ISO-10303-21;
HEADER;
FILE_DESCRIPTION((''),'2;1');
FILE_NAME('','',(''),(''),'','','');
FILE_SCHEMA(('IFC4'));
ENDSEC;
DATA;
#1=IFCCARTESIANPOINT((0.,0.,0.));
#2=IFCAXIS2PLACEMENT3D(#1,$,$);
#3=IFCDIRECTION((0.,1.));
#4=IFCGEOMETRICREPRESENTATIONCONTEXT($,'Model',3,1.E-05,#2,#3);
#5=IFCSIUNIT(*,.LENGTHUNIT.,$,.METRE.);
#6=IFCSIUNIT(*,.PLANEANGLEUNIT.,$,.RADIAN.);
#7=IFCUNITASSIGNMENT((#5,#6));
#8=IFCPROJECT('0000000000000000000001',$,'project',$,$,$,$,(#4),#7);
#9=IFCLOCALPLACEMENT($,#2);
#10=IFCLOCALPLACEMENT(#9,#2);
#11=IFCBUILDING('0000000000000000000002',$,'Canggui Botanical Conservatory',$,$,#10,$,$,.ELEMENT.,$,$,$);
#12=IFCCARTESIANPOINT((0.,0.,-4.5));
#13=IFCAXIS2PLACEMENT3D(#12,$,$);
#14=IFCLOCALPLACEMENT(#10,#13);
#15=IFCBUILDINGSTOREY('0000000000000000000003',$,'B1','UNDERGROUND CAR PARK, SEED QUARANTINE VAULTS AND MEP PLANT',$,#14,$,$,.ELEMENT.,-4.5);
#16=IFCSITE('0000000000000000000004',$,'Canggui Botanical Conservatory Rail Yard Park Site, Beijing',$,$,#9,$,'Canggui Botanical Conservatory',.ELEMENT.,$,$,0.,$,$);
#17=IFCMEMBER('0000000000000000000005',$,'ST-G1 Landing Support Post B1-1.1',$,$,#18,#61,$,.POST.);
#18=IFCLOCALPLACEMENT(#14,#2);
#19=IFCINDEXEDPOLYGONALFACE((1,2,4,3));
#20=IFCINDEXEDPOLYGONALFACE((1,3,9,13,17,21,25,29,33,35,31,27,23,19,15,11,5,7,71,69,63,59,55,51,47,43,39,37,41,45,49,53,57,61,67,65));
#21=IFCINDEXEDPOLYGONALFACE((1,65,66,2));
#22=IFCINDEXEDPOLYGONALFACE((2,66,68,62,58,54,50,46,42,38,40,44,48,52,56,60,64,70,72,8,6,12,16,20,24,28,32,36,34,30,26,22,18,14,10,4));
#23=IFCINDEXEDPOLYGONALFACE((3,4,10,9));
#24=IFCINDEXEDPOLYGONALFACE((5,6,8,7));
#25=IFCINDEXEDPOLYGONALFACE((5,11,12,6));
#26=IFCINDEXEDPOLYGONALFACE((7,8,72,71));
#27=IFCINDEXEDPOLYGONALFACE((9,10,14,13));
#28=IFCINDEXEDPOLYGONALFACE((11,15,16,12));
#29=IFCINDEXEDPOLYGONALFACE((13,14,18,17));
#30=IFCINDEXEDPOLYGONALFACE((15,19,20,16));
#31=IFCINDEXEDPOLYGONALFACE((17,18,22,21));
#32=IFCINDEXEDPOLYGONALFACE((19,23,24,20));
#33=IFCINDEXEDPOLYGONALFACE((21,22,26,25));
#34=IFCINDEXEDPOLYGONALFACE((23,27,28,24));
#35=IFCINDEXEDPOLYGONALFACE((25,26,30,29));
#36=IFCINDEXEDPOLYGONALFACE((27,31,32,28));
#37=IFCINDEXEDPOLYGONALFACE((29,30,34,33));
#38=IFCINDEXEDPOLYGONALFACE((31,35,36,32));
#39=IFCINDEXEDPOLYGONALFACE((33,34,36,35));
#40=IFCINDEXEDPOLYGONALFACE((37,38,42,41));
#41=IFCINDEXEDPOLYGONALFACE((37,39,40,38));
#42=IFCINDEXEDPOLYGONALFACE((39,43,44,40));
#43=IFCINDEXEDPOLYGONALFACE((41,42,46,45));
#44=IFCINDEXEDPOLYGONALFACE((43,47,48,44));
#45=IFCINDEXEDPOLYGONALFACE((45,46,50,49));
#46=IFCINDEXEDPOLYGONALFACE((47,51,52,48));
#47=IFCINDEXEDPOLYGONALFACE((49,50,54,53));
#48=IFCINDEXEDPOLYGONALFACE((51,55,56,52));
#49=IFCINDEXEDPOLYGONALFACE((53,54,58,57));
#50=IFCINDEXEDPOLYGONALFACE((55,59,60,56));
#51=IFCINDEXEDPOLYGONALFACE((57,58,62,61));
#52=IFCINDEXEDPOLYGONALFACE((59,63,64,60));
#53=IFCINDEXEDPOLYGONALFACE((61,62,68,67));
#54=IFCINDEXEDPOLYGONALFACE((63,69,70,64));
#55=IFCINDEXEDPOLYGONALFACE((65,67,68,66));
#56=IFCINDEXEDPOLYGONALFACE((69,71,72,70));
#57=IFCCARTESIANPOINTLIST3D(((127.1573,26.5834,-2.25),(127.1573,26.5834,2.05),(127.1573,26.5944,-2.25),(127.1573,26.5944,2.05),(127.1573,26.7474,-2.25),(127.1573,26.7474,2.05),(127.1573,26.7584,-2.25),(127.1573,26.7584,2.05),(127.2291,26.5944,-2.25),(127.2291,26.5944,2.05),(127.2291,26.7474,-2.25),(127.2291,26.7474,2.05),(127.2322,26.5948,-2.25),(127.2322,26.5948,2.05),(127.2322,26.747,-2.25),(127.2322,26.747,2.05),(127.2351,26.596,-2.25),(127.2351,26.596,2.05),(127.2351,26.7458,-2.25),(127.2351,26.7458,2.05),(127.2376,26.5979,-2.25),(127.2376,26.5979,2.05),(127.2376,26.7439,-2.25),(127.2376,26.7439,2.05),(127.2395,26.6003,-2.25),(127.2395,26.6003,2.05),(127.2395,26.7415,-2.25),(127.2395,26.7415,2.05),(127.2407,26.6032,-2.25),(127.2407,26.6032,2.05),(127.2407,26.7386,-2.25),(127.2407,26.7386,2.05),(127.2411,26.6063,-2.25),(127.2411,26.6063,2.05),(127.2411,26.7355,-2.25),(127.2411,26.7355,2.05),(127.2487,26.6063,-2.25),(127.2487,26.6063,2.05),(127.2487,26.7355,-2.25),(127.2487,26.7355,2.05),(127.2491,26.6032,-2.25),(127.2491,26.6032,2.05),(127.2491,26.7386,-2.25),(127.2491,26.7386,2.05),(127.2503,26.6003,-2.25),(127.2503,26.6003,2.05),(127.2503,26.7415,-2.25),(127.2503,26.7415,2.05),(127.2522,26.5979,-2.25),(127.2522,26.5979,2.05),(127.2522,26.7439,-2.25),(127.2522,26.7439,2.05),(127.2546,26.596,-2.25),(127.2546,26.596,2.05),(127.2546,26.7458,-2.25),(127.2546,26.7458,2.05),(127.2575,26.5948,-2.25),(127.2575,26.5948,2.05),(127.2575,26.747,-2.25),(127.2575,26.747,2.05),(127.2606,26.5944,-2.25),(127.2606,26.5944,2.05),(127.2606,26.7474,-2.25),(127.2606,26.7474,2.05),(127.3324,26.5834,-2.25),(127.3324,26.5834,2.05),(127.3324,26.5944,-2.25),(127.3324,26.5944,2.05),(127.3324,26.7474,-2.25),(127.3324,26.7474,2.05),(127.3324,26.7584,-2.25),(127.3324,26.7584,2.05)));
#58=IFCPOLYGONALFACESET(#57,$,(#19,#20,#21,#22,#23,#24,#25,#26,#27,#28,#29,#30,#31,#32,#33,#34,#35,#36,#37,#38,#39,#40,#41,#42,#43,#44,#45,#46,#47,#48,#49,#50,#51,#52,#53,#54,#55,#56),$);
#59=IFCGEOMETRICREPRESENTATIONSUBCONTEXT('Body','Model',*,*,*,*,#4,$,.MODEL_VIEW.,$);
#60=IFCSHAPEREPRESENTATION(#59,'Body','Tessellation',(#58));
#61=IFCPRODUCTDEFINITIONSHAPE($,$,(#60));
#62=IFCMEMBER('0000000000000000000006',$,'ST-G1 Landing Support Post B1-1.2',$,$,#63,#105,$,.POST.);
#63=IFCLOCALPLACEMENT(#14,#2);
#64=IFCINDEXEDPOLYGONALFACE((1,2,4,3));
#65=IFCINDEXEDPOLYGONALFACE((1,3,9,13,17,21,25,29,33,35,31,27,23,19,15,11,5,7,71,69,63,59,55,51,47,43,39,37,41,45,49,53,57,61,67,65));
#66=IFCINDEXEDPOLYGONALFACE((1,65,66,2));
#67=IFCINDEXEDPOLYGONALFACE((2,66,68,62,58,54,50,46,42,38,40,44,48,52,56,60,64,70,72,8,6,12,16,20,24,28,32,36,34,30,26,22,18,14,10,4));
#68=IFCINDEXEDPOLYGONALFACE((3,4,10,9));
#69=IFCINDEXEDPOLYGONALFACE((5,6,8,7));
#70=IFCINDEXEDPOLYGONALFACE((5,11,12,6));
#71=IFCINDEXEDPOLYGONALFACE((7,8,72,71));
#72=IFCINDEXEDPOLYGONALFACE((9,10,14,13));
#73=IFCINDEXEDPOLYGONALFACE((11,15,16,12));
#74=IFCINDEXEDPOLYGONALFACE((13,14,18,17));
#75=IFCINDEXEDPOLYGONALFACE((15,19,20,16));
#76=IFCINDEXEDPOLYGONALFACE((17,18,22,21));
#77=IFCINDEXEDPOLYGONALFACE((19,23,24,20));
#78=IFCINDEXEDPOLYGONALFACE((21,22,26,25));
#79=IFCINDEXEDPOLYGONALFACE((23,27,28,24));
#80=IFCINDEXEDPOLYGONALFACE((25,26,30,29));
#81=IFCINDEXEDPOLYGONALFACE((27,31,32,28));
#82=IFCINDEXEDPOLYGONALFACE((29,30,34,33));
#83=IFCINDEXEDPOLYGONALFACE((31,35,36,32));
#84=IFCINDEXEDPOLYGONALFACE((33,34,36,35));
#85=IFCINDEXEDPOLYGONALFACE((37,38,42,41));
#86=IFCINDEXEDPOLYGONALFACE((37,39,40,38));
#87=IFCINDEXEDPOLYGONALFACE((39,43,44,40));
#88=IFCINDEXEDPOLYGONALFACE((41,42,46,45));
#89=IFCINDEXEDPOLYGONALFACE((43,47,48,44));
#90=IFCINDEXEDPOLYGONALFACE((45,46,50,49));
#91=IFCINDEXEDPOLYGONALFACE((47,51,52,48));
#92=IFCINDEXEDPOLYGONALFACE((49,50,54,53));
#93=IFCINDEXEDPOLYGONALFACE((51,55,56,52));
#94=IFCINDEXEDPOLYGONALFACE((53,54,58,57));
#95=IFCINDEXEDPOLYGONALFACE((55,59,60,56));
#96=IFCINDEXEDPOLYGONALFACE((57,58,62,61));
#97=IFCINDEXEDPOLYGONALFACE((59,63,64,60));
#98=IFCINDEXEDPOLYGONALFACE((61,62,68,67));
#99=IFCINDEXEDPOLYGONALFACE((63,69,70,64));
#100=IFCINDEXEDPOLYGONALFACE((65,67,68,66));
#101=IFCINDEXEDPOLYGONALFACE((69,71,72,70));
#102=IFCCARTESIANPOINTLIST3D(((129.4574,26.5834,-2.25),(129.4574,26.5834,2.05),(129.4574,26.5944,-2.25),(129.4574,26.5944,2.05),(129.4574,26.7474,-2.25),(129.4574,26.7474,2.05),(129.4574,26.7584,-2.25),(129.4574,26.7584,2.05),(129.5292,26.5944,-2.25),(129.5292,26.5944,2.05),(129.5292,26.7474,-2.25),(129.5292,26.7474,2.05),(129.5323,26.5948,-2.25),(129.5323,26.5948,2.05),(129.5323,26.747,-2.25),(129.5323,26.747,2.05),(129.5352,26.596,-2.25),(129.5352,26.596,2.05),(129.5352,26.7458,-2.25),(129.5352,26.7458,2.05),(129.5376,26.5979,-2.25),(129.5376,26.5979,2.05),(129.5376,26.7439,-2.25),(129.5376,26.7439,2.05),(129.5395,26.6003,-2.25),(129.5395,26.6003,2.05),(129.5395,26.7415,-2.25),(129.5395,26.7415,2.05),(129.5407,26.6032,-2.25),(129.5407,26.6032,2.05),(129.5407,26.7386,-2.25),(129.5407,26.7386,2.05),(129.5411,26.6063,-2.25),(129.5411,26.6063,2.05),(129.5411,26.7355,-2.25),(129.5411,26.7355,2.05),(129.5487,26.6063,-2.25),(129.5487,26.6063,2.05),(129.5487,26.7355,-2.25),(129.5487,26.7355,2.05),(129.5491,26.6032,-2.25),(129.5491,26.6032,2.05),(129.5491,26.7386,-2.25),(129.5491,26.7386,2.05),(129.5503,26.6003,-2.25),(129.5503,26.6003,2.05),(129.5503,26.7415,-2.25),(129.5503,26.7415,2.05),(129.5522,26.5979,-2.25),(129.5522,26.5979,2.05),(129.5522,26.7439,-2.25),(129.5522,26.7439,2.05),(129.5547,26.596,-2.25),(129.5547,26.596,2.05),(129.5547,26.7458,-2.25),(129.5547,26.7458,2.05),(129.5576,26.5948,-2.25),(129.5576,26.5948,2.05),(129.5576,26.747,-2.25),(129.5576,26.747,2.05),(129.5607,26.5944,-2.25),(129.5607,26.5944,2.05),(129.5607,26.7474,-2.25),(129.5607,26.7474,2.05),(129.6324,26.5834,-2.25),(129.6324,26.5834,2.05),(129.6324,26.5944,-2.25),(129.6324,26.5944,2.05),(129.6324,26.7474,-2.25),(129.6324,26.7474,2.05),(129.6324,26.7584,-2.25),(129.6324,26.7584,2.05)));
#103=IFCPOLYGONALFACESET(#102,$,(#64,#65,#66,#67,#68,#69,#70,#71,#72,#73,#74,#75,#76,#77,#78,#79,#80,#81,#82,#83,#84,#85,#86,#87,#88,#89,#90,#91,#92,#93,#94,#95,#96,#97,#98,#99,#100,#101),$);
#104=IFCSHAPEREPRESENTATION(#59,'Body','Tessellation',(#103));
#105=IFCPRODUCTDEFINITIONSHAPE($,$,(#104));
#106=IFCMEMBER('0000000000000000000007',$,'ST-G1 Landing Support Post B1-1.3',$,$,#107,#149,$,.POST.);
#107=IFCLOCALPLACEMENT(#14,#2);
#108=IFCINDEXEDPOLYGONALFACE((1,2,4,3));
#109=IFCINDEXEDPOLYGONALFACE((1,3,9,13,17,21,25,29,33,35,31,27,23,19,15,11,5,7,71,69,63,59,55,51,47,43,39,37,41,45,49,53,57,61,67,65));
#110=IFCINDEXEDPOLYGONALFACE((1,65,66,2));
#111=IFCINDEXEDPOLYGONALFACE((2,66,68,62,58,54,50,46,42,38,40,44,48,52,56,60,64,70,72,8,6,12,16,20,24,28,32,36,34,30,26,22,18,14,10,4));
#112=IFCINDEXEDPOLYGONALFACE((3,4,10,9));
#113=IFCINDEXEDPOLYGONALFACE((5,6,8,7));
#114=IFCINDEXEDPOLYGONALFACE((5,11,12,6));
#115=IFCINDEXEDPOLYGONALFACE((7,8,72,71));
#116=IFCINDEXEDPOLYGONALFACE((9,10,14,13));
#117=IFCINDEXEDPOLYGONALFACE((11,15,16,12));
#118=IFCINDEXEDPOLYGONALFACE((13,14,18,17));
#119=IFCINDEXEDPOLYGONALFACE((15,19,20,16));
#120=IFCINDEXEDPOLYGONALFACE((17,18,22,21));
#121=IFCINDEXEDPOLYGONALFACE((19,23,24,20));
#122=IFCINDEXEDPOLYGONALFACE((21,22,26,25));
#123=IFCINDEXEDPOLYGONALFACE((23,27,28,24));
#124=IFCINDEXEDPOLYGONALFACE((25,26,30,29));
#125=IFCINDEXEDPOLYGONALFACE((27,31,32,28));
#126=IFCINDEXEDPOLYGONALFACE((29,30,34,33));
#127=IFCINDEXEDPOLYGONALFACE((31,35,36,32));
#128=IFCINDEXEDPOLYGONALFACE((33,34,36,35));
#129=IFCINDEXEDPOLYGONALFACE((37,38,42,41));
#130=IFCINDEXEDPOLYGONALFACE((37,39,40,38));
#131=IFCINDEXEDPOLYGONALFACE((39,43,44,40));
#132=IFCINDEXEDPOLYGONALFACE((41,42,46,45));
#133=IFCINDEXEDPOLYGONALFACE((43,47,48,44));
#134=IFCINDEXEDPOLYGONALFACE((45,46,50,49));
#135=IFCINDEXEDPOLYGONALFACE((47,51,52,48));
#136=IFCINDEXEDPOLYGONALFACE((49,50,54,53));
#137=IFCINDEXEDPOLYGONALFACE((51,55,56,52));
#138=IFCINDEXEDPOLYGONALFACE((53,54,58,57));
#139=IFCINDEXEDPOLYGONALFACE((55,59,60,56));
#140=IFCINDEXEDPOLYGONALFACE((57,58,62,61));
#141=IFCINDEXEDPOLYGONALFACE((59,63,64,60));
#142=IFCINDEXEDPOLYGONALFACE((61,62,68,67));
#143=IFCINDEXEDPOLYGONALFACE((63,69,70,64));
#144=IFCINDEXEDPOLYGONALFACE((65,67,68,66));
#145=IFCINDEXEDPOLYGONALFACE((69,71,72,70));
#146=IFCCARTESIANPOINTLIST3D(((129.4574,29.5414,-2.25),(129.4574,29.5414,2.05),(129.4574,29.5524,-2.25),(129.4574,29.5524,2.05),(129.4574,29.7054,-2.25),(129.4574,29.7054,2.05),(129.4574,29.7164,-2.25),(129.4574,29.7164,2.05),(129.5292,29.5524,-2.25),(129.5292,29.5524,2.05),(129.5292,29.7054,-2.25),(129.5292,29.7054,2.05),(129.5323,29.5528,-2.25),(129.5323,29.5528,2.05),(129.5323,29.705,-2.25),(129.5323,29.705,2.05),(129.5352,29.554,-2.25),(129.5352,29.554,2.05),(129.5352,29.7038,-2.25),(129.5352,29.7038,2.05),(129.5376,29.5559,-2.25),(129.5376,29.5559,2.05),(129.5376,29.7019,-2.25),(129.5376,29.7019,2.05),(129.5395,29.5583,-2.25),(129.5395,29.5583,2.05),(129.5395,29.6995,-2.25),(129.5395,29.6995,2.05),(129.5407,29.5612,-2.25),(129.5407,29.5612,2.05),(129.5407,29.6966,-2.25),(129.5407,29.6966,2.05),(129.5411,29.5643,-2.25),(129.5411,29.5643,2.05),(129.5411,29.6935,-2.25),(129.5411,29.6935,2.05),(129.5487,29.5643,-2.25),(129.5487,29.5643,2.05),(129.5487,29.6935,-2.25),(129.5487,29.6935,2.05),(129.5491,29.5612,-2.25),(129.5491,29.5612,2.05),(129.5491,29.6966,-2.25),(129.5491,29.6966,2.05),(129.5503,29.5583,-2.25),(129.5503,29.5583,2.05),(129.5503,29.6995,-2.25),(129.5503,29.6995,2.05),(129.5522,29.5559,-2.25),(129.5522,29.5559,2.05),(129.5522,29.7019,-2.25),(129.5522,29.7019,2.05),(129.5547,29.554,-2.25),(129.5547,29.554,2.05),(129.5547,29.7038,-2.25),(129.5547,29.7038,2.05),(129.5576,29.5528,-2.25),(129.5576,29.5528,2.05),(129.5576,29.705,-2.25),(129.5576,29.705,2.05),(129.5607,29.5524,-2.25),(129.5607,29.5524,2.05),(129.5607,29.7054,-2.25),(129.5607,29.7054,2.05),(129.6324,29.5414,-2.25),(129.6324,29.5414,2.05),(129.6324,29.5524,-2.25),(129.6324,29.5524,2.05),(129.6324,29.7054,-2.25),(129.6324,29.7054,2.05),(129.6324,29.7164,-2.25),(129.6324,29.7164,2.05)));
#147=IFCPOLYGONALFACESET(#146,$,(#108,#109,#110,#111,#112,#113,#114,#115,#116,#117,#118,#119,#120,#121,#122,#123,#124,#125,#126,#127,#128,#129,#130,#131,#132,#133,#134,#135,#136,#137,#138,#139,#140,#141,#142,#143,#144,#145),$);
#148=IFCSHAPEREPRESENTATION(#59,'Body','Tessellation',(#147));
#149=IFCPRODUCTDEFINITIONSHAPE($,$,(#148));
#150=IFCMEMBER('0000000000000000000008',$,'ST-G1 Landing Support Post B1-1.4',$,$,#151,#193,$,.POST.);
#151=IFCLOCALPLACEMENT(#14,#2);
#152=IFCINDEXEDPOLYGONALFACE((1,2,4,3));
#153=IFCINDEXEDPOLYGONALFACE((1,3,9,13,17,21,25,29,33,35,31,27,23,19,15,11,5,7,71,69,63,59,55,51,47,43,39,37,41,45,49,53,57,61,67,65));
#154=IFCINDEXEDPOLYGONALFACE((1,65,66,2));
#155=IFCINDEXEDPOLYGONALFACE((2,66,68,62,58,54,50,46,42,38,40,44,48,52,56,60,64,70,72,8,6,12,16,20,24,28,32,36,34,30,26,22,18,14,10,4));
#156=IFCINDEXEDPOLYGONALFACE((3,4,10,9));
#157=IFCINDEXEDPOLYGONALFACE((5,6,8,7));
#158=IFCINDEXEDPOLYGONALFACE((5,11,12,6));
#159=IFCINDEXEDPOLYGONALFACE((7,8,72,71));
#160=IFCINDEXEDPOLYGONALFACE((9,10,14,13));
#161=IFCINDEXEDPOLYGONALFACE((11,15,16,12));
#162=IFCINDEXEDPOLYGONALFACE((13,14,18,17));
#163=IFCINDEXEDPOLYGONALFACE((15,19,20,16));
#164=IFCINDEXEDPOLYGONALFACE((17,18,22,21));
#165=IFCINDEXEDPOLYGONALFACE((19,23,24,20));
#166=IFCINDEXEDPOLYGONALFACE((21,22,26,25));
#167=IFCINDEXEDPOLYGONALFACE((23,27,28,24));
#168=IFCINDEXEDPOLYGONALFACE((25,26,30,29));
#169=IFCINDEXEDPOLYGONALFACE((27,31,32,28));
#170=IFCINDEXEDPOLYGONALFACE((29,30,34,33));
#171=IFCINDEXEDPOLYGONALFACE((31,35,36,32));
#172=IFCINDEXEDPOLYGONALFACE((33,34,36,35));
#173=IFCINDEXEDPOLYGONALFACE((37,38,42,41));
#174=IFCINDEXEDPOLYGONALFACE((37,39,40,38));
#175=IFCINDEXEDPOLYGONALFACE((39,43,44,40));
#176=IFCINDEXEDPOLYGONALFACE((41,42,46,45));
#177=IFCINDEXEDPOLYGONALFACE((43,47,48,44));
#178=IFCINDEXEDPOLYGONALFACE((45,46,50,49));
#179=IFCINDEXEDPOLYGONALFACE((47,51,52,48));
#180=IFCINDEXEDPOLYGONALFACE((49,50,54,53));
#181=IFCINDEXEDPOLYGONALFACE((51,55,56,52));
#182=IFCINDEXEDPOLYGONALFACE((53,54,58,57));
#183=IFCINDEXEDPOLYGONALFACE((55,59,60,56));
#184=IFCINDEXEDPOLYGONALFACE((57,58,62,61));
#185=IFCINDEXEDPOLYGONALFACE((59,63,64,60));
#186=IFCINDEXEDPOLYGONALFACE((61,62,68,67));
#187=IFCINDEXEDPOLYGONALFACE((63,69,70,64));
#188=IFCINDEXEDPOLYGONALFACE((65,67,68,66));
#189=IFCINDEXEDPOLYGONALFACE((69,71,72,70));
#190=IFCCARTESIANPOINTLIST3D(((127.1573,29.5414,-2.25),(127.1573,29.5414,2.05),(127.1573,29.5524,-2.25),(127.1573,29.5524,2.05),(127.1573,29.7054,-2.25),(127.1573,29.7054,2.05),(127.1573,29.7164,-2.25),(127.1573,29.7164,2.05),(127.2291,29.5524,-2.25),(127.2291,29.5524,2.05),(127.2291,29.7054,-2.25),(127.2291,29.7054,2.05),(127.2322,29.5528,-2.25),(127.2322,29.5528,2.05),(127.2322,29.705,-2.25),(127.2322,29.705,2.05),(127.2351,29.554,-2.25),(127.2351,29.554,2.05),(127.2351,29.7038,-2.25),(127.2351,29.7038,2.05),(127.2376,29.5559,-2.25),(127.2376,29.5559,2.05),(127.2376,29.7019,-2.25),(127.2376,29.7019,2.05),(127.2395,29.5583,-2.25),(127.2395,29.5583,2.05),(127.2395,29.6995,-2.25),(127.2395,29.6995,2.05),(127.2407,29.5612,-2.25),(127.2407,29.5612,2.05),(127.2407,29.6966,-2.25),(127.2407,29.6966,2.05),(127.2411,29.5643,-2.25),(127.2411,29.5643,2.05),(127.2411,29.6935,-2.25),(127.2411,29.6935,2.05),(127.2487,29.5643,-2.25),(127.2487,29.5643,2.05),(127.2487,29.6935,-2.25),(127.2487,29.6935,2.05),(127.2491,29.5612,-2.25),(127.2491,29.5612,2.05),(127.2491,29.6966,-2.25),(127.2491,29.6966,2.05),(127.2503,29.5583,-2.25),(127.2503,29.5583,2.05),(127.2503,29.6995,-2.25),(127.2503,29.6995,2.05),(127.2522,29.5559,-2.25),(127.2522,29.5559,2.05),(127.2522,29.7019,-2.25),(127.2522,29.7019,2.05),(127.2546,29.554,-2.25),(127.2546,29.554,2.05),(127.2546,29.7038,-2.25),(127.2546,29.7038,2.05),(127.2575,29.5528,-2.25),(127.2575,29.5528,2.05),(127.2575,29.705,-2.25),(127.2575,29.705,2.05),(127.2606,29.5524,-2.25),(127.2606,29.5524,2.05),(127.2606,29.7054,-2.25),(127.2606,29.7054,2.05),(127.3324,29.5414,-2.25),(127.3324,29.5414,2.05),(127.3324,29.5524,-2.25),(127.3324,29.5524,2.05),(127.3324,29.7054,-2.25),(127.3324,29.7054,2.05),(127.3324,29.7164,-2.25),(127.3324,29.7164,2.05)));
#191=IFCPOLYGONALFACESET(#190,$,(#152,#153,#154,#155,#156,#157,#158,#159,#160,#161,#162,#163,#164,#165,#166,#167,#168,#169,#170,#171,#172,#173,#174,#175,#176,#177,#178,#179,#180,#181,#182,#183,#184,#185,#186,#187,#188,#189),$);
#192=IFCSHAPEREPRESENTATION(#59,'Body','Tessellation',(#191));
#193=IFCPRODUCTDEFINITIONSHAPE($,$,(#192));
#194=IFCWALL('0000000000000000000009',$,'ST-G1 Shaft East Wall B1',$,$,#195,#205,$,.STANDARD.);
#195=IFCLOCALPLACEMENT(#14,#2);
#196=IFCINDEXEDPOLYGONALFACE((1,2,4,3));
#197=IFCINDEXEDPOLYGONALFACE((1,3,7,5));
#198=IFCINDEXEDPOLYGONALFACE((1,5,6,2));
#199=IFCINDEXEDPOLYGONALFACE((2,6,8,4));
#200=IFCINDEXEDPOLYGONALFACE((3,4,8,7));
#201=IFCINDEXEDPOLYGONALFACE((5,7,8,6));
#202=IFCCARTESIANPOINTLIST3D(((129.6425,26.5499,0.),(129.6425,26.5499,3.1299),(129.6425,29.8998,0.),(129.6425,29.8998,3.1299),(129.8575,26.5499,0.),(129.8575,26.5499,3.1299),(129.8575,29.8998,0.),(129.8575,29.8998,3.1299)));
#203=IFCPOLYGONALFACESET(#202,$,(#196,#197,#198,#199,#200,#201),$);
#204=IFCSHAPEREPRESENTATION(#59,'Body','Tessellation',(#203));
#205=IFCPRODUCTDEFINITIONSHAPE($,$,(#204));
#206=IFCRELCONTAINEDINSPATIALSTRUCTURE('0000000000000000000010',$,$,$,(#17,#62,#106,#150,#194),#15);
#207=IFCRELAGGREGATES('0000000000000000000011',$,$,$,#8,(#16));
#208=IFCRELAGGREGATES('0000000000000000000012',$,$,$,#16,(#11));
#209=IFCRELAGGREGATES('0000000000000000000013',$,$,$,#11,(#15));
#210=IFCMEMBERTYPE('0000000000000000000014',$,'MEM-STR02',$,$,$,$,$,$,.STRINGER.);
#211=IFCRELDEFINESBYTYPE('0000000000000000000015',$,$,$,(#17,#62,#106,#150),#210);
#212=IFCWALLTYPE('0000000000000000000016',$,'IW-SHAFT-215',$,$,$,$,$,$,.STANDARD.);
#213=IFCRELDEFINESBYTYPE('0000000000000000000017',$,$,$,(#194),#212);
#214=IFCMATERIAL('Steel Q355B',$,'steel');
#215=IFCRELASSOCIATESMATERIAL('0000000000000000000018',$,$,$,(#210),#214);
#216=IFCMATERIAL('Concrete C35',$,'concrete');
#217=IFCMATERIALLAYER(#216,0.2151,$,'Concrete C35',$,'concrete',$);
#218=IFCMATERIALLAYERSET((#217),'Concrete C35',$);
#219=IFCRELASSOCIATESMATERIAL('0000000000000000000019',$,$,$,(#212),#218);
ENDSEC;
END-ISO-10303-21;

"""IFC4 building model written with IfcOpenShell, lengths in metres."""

from ifc_helpers import new_model, si_unit, direction, frame, frame_2d, origin, origin_2d, place, context, subcontext, project, spatial, rectangle, i_section, extrude, material, layer, layer_set, material_profile, profile_set, type_object, element, save


model = new_model("IFC4")

# Units and contexts
model_context = context("Model", 3, precision=1e-05, world=origin(), true_north=direction((0.0, 1.0)))
body_context = subcontext(model_context, "Body", "Model", "MODEL_VIEW")
ifc_project = project(units=[si_unit("LENGTHUNIT", "METRE"), si_unit("PLANEANGLEUNIT", "RADIAN")], contexts=[model_context])

# Site, building, storey
site_placement = place(None, origin())
site = spatial("IfcSite", under=ifc_project, at=site_placement, Name="Canggui Botanical Conservatory Rail Yard Park Site, Beijing", LongName="Canggui Botanical Conservatory", CompositionType="ELEMENT", RefElevation=0.0)
building_placement = place(site_placement, origin())
building = spatial("IfcBuilding", under=site, at=building_placement, Name="Canggui Botanical Conservatory", CompositionType="ELEMENT")
storey_placement = place(building_placement, frame((0.0, 0.0, -4.5)))
storey = spatial("IfcBuildingStorey", under=building, at=storey_placement, Name="B1", Description="UNDERGROUND CAR PARK, SEED QUARANTINE VAULTS AND MEP PLANT", CompositionType="ELEMENT", Elevation=-4.5)

# Shared definitions
ifc_material_1 = material(Name="Concrete C35", Category="concrete")

# Members
ifc_material_2 = material(Name="Steel Q355B", Category="steel")
ifc_material_profile_1 = material_profile(ifc_material_2, i_section(OverallWidth=0.175, OverallDepth=0.175, WebThickness=0.0076, FlangeThickness=0.011, FilletRadius=0.012, at=origin_2d()), Name="HW 175x175x7.5x11")
ifc_profile_set_1 = profile_set([ifc_material_profile_1], Name="Steel Q355B")
member_type = type_object("IfcMemberType", Name="MEM-STR02", PredefinedType="STRINGER", material=ifc_profile_set_1)
for number, where, z_axis, x_axis, name in (
    (1, (127.2449, 26.6709, -2.25), (0.0, 0.0, 1.0), (1.0, 0.0, 0.0), "ST-G1 Landing Support Post B1-1.1"),
    (2, (129.5449, 26.6709, -2.25), (0.0, 0.0, 1.0), (1.0, 0.0, 0.0), "ST-G1 Landing Support Post B1-1.2"),
    (3, (129.5449, 29.6289, -2.25), (0.0, 0.0, 1.0), (1.0, 0.0, 0.0), "ST-G1 Landing Support Post B1-1.3"),
    (4, (127.2449, 29.6289, -2.25), (0.0, 0.0, 1.0), (1.0, 0.0, 0.0), "ST-G1 Landing Support Post B1-1.4"),
):
    element("IfcMember", number, at=place(storey_placement, frame(where, z_axis=z_axis, x_axis=x_axis)), inside=storey, type_object=member_type, Name=name, PredefinedType="POST", context=body_context, shape_type="SweptSolid", body=[
        extrude(i_section(OverallWidth=0.175, OverallDepth=0.175, WebThickness=0.0076, FlangeThickness=0.011, FilletRadius=0.012, at=origin_2d()), origin(), (0.0, 0.0, 1.0), 4.3),
    ])

# Wall
ifc_layer = layer(ifc_material_1, 0.2151, Name="Concrete C35", Category="concrete")
ifc_layer_set = layer_set([ifc_layer], Name="Concrete C35")
wall_type = type_object("IfcWallType", Name="IW-SHAFT-215", PredefinedType="STANDARD", material=ifc_layer_set)
wall_1_placement = place(storey_placement, frame((129.75, 26.55, 0.0), z_axis=(0.0, 0.0, 1.0), x_axis=(0.0, 1.0, 0.0)))
element("IfcWall", 5, at=wall_1_placement, inside=storey, type_object=wall_type, Name="ST-G1 Shaft East Wall B1", PredefinedType="STANDARD", context=body_context, shape_type="SweptSolid", body=[
    extrude(rectangle(XDim=3.3499, YDim=0.2151, at=frame_2d((1.6748, 0.0))), origin(), (0.0, 0.0, 1.0), 3.1299),
])

save(model, "model.ifc")
